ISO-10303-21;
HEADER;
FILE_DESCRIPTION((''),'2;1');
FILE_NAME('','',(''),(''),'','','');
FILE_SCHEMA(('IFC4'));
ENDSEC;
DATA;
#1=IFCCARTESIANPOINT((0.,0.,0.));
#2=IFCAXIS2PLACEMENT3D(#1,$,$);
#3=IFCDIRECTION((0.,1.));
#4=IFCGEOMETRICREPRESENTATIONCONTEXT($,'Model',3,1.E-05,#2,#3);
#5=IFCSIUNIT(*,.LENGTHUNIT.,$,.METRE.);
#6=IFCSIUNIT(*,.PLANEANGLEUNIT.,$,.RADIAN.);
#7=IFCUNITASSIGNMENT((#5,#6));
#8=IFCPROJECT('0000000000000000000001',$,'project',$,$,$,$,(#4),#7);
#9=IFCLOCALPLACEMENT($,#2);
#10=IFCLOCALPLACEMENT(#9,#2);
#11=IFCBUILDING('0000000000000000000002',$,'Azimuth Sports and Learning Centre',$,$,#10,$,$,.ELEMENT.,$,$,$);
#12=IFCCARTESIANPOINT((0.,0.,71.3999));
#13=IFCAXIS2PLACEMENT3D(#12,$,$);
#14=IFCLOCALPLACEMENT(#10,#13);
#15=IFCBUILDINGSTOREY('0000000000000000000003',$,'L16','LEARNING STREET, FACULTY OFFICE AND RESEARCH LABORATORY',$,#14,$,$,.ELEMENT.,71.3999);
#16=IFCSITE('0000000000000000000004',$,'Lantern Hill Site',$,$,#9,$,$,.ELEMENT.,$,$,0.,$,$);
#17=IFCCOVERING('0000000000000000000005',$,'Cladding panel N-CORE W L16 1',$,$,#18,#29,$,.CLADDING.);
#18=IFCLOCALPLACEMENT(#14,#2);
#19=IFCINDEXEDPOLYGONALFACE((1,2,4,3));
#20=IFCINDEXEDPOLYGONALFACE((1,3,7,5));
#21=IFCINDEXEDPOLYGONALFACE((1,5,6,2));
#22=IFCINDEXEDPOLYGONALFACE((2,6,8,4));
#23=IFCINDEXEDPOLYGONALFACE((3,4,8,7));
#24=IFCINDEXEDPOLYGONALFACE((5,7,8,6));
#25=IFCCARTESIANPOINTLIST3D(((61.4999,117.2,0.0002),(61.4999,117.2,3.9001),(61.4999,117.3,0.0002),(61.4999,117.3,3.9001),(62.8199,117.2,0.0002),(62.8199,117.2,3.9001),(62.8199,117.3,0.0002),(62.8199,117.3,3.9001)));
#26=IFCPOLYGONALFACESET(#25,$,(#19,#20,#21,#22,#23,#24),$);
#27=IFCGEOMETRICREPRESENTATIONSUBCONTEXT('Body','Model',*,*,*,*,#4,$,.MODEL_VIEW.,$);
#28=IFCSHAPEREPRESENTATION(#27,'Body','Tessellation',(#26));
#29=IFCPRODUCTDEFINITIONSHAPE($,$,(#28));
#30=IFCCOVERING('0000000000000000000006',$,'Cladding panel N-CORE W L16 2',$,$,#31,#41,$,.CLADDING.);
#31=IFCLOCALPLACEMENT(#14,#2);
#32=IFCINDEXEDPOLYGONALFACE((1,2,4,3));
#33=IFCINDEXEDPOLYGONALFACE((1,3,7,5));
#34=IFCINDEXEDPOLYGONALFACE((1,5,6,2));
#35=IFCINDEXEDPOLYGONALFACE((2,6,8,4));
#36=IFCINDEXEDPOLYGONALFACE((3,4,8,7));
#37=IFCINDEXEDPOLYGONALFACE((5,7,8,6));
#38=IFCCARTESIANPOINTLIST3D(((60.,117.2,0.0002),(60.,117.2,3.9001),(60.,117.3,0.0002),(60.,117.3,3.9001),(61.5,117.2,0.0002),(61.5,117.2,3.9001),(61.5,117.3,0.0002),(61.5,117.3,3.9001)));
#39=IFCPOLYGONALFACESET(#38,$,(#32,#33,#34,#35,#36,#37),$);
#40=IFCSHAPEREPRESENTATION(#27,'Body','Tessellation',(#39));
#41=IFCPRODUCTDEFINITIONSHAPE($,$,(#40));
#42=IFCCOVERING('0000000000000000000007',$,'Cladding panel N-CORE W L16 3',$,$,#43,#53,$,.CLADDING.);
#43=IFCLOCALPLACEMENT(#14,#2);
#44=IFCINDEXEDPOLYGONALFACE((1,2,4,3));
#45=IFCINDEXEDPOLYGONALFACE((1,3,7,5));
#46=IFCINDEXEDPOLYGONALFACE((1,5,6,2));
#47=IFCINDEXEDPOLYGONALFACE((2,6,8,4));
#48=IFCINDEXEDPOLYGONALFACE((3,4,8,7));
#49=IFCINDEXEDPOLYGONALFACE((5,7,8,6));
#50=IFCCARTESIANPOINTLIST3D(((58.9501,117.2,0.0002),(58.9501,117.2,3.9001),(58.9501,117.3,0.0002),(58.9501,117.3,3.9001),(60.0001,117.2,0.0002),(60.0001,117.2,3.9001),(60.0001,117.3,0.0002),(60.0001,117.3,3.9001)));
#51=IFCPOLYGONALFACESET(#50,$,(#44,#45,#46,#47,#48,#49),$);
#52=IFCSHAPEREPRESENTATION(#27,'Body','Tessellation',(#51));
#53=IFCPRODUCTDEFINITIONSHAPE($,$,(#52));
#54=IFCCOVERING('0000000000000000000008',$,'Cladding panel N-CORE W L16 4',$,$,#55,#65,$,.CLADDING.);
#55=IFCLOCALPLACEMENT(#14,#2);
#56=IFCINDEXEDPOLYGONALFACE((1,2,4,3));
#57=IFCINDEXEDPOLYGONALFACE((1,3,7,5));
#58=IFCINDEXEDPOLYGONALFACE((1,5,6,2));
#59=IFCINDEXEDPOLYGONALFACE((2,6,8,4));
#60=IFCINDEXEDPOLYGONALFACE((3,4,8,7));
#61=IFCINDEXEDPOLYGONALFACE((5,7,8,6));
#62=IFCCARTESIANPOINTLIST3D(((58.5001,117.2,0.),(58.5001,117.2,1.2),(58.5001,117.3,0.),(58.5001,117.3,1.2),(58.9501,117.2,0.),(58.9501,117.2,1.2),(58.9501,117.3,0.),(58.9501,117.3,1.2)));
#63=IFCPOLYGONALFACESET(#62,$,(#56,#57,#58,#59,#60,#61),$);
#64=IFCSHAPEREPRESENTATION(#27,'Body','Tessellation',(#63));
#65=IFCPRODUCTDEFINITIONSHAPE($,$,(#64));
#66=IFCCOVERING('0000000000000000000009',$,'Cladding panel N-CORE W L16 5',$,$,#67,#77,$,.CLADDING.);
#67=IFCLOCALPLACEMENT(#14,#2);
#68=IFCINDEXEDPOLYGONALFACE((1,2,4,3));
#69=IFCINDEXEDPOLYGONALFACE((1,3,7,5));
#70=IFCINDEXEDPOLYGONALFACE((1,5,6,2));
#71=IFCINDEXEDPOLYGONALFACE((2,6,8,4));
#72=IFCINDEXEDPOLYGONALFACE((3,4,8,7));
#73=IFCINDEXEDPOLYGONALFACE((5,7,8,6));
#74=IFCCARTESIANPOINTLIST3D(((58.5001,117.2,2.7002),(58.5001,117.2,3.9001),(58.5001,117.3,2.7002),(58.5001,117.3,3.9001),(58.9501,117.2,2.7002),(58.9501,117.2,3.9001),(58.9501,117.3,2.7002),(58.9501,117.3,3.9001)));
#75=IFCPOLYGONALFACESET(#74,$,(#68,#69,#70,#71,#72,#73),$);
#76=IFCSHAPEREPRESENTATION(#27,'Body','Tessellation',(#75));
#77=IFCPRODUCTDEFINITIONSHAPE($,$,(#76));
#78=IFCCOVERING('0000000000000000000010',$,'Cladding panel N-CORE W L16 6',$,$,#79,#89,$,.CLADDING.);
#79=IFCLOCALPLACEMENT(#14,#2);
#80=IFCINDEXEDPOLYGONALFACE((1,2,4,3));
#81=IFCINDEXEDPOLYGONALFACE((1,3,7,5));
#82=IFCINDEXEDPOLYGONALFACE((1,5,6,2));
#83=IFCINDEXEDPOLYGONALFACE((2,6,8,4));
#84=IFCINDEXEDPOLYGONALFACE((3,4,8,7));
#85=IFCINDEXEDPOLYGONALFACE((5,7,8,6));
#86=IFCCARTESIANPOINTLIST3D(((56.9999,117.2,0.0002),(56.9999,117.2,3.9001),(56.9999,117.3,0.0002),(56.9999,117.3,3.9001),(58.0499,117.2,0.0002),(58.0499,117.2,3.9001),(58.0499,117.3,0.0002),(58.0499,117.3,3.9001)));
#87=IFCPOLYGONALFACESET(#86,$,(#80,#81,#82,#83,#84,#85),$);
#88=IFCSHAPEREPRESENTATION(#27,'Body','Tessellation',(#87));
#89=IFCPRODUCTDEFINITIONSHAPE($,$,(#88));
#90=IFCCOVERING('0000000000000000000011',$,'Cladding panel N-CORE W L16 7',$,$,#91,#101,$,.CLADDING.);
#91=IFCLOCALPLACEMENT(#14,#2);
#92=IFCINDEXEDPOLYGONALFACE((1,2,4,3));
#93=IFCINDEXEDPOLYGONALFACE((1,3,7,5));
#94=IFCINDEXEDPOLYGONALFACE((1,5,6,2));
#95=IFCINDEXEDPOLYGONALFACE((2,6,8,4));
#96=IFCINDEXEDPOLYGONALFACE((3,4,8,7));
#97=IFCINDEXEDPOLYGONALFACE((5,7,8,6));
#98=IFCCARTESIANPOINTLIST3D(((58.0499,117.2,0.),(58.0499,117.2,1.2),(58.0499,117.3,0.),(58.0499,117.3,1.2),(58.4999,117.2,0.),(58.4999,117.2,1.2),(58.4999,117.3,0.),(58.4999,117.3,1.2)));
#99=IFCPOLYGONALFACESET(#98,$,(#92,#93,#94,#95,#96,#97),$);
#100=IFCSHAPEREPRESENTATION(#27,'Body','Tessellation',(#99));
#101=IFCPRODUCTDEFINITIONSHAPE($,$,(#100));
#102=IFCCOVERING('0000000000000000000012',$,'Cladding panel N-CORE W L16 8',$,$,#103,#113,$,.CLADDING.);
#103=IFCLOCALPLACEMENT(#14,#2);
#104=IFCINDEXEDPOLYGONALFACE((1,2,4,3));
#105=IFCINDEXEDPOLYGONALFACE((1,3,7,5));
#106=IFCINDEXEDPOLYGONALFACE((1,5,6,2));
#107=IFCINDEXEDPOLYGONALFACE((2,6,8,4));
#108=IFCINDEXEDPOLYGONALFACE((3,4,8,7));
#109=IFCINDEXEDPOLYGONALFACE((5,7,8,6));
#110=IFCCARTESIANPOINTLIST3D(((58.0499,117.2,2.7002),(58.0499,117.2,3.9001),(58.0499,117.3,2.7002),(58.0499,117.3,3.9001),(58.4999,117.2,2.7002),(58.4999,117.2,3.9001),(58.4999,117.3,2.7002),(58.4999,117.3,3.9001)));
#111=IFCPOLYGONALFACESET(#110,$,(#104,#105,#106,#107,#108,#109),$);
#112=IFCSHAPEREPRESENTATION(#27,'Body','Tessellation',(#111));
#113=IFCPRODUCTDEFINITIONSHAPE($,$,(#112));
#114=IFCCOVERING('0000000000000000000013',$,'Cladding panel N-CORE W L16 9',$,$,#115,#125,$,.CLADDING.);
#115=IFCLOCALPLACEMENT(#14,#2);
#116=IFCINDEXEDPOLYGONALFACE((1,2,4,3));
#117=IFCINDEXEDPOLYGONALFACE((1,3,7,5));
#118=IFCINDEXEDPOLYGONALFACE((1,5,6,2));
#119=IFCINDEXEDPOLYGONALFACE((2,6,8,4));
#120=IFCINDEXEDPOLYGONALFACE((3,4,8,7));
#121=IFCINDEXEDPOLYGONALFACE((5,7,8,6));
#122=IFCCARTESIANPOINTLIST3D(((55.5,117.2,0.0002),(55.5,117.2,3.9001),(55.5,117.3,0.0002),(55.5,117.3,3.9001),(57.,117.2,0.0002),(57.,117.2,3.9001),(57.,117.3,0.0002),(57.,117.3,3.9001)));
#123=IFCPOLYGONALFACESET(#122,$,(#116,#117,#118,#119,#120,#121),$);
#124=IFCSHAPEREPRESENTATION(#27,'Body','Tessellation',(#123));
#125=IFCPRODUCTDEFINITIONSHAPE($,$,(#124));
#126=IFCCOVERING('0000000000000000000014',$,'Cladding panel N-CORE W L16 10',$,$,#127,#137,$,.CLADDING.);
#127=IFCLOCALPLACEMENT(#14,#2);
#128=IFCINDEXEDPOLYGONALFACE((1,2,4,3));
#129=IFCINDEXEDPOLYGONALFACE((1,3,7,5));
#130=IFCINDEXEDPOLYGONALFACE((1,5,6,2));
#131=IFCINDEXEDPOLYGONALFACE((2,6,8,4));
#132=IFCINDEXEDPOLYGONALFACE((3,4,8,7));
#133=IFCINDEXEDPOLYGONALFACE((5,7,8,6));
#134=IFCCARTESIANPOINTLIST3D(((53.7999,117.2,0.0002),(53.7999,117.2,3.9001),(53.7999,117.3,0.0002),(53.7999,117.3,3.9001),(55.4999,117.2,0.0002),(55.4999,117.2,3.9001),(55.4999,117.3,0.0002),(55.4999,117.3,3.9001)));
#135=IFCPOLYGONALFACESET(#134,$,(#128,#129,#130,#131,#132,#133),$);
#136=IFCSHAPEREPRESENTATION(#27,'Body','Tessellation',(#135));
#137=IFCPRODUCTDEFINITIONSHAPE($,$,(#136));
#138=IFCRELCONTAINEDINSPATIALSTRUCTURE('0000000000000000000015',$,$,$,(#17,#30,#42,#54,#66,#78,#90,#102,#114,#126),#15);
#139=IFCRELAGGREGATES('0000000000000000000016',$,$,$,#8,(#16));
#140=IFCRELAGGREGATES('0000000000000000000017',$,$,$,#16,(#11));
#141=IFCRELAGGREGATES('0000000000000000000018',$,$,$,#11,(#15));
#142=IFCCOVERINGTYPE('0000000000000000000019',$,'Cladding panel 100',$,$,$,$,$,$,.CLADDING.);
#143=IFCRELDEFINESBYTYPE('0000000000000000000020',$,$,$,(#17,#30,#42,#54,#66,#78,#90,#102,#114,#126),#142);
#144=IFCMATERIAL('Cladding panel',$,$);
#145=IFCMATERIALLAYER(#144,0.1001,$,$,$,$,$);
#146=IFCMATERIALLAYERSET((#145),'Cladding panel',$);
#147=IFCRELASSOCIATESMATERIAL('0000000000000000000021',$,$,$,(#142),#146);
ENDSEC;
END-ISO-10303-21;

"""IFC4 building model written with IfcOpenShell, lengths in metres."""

from ifc_helpers import new_model, si_unit, direction, frame, origin, origin_2d, place, context, subcontext, project, spatial, rectangle, extrude, material, layer, layer_set, type_object, element, save


model = new_model("IFC4")

# Units and contexts
model_context = context("Model", 3, precision=1e-05, world=origin(), true_north=direction((0.0, 1.0)))
body_context = subcontext(model_context, "Body", "Model", "MODEL_VIEW")
ifc_project = project(units=[si_unit("LENGTHUNIT", "METRE"), si_unit("PLANEANGLEUNIT", "RADIAN")], contexts=[model_context])

# Site, building, storey
site_placement = place(None, origin())
site = spatial("IfcSite", under=ifc_project, at=site_placement, Name="Lantern Hill Site", CompositionType="ELEMENT", RefElevation=0.0)
building_placement = place(site_placement, origin())
building = spatial("IfcBuilding", under=site, at=building_placement, Name="Azimuth Sports and Learning Centre", CompositionType="ELEMENT")
storey_placement = place(building_placement, frame((0.0, 0.0, 71.3999)))
storey = spatial("IfcBuildingStorey", under=building, at=storey_placement, Name="L16", Description="LEARNING STREET, FACULTY OFFICE AND RESEARCH LABORATORY", CompositionType="ELEMENT", Elevation=71.3999)

# Coverings
ifc_material_1 = material(Name="Cladding panel")
ifc_layer_1 = layer(ifc_material_1, 0.1001)
ifc_layer_set_1 = layer_set([ifc_layer_1], Name="Cladding panel")
covering_type = type_object("IfcCoveringType", Name="Cladding panel 100", PredefinedType="CLADDING", material=ifc_layer_set_1)
covering_1_placement = place(storey_placement, frame((62.1599, 117.25, 0.0002), z_axis=(0.0, 0.0, 1.0), x_axis=(-1.0, 0.0, 0.0)))
element("IfcCovering", 1, at=covering_1_placement, inside=storey, type_object=covering_type, Name="Cladding panel N-CORE W L16 1", PredefinedType="CLADDING", context=body_context, shape_type="SweptSolid", body=[
    extrude(rectangle(XDim=1.3201, YDim=0.1001, at=origin_2d()), origin(), (0.0, 0.0, 1.0), 3.8999),
])
covering_2_placement = place(storey_placement, frame((60.75, 117.25, 0.0002), z_axis=(0.0, 0.0, 1.0), x_axis=(-1.0, 0.0, 0.0)))
element("IfcCovering", 2, at=covering_2_placement, inside=storey, type_object=covering_type, Name="Cladding panel N-CORE W L16 2", PredefinedType="CLADDING", context=body_context, shape_type="SweptSolid", body=[
    extrude(rectangle(XDim=1.5, YDim=0.1001, at=origin_2d()), origin(), (0.0, 0.0, 1.0), 3.8999),
])
covering_3_placement = place(storey_placement, frame((59.4751, 117.25, 0.0002), z_axis=(0.0, 0.0, 1.0), x_axis=(-1.0, 0.0, 0.0)))
element("IfcCovering", 3, at=covering_3_placement, inside=storey, type_object=covering_type, Name="Cladding panel N-CORE W L16 3", PredefinedType="CLADDING", context=body_context, shape_type="SweptSolid", body=[
    extrude(rectangle(XDim=1.05, YDim=0.1001, at=origin_2d()), origin(), (0.0, 0.0, 1.0), 3.8999),
])
for number, where, z_axis, x_axis, name in (
    (4, (58.7251, 117.25, 0.0), (0.0, 0.0, 1.0), (-1.0, 0.0, 0.0), "Cladding panel N-CORE W L16 4"),
    (5, (58.7251, 117.25, 2.7002), (0.0, 0.0, 1.0), (-1.0, 0.0, 0.0), "Cladding panel N-CORE W L16 5"),
):
    element("IfcCovering", number, at=place(storey_placement, frame(where, z_axis=z_axis, x_axis=x_axis)), inside=storey, type_object=covering_type, Name=name, PredefinedType="CLADDING", context=body_context, shape_type="SweptSolid", body=[
        extrude(rectangle(XDim=0.45, YDim=0.1001, at=origin_2d()), origin(), (0.0, 0.0, 1.0), 1.2),
    ])
covering_4_placement = place(storey_placement, frame((57.5249, 117.25, 0.0002), z_axis=(0.0, 0.0, 1.0), x_axis=(-1.0, 0.0, 0.0)))
element("IfcCovering", 6, at=covering_4_placement, inside=storey, type_object=covering_type, Name="Cladding panel N-CORE W L16 6", PredefinedType="CLADDING", context=body_context, shape_type="SweptSolid", body=[
    extrude(rectangle(XDim=1.05, YDim=0.1001, at=origin_2d()), origin(), (0.0, 0.0, 1.0), 3.8999),
])
for number, where, z_axis, x_axis, name in (
    (7, (58.2749, 117.25, 0.0), (0.0, 0.0, 1.0), (-1.0, 0.0, 0.0), "Cladding panel N-CORE W L16 7"),
    (8, (58.2749, 117.25, 2.7002), (0.0, 0.0, 1.0), (-1.0, 0.0, 0.0), "Cladding panel N-CORE W L16 8"),
):
    element("IfcCovering", number, at=place(storey_placement, frame(where, z_axis=z_axis, x_axis=x_axis)), inside=storey, type_object=covering_type, Name=name, PredefinedType="CLADDING", context=body_context, shape_type="SweptSolid", body=[
        extrude(rectangle(XDim=0.45, YDim=0.1001, at=origin_2d()), origin(), (0.0, 0.0, 1.0), 1.2),
    ])
covering_5_placement = place(storey_placement, frame((56.25, 117.25, 0.0002), z_axis=(0.0, 0.0, 1.0), x_axis=(-1.0, 0.0, 0.0)))
element("IfcCovering", 9, at=covering_5_placement, inside=storey, type_object=covering_type, Name="Cladding panel N-CORE W L16 9", PredefinedType="CLADDING", context=body_context, shape_type="SweptSolid", body=[
    extrude(rectangle(XDim=1.5, YDim=0.1001, at=origin_2d()), origin(), (0.0, 0.0, 1.0), 3.8999),
])
covering_6_placement = place(storey_placement, frame((54.6499, 117.25, 0.0002), z_axis=(0.0, 0.0, 1.0), x_axis=(-1.0, 0.0, 0.0)))
element("IfcCovering", 10, at=covering_6_placement, inside=storey, type_object=covering_type, Name="Cladding panel N-CORE W L16 10", PredefinedType="CLADDING", context=body_context, shape_type="SweptSolid", body=[
    extrude(rectangle(XDim=1.7, YDim=0.1001, at=origin_2d()), origin(), (0.0, 0.0, 1.0), 3.8999),
])

save(model, "model.ifc")
